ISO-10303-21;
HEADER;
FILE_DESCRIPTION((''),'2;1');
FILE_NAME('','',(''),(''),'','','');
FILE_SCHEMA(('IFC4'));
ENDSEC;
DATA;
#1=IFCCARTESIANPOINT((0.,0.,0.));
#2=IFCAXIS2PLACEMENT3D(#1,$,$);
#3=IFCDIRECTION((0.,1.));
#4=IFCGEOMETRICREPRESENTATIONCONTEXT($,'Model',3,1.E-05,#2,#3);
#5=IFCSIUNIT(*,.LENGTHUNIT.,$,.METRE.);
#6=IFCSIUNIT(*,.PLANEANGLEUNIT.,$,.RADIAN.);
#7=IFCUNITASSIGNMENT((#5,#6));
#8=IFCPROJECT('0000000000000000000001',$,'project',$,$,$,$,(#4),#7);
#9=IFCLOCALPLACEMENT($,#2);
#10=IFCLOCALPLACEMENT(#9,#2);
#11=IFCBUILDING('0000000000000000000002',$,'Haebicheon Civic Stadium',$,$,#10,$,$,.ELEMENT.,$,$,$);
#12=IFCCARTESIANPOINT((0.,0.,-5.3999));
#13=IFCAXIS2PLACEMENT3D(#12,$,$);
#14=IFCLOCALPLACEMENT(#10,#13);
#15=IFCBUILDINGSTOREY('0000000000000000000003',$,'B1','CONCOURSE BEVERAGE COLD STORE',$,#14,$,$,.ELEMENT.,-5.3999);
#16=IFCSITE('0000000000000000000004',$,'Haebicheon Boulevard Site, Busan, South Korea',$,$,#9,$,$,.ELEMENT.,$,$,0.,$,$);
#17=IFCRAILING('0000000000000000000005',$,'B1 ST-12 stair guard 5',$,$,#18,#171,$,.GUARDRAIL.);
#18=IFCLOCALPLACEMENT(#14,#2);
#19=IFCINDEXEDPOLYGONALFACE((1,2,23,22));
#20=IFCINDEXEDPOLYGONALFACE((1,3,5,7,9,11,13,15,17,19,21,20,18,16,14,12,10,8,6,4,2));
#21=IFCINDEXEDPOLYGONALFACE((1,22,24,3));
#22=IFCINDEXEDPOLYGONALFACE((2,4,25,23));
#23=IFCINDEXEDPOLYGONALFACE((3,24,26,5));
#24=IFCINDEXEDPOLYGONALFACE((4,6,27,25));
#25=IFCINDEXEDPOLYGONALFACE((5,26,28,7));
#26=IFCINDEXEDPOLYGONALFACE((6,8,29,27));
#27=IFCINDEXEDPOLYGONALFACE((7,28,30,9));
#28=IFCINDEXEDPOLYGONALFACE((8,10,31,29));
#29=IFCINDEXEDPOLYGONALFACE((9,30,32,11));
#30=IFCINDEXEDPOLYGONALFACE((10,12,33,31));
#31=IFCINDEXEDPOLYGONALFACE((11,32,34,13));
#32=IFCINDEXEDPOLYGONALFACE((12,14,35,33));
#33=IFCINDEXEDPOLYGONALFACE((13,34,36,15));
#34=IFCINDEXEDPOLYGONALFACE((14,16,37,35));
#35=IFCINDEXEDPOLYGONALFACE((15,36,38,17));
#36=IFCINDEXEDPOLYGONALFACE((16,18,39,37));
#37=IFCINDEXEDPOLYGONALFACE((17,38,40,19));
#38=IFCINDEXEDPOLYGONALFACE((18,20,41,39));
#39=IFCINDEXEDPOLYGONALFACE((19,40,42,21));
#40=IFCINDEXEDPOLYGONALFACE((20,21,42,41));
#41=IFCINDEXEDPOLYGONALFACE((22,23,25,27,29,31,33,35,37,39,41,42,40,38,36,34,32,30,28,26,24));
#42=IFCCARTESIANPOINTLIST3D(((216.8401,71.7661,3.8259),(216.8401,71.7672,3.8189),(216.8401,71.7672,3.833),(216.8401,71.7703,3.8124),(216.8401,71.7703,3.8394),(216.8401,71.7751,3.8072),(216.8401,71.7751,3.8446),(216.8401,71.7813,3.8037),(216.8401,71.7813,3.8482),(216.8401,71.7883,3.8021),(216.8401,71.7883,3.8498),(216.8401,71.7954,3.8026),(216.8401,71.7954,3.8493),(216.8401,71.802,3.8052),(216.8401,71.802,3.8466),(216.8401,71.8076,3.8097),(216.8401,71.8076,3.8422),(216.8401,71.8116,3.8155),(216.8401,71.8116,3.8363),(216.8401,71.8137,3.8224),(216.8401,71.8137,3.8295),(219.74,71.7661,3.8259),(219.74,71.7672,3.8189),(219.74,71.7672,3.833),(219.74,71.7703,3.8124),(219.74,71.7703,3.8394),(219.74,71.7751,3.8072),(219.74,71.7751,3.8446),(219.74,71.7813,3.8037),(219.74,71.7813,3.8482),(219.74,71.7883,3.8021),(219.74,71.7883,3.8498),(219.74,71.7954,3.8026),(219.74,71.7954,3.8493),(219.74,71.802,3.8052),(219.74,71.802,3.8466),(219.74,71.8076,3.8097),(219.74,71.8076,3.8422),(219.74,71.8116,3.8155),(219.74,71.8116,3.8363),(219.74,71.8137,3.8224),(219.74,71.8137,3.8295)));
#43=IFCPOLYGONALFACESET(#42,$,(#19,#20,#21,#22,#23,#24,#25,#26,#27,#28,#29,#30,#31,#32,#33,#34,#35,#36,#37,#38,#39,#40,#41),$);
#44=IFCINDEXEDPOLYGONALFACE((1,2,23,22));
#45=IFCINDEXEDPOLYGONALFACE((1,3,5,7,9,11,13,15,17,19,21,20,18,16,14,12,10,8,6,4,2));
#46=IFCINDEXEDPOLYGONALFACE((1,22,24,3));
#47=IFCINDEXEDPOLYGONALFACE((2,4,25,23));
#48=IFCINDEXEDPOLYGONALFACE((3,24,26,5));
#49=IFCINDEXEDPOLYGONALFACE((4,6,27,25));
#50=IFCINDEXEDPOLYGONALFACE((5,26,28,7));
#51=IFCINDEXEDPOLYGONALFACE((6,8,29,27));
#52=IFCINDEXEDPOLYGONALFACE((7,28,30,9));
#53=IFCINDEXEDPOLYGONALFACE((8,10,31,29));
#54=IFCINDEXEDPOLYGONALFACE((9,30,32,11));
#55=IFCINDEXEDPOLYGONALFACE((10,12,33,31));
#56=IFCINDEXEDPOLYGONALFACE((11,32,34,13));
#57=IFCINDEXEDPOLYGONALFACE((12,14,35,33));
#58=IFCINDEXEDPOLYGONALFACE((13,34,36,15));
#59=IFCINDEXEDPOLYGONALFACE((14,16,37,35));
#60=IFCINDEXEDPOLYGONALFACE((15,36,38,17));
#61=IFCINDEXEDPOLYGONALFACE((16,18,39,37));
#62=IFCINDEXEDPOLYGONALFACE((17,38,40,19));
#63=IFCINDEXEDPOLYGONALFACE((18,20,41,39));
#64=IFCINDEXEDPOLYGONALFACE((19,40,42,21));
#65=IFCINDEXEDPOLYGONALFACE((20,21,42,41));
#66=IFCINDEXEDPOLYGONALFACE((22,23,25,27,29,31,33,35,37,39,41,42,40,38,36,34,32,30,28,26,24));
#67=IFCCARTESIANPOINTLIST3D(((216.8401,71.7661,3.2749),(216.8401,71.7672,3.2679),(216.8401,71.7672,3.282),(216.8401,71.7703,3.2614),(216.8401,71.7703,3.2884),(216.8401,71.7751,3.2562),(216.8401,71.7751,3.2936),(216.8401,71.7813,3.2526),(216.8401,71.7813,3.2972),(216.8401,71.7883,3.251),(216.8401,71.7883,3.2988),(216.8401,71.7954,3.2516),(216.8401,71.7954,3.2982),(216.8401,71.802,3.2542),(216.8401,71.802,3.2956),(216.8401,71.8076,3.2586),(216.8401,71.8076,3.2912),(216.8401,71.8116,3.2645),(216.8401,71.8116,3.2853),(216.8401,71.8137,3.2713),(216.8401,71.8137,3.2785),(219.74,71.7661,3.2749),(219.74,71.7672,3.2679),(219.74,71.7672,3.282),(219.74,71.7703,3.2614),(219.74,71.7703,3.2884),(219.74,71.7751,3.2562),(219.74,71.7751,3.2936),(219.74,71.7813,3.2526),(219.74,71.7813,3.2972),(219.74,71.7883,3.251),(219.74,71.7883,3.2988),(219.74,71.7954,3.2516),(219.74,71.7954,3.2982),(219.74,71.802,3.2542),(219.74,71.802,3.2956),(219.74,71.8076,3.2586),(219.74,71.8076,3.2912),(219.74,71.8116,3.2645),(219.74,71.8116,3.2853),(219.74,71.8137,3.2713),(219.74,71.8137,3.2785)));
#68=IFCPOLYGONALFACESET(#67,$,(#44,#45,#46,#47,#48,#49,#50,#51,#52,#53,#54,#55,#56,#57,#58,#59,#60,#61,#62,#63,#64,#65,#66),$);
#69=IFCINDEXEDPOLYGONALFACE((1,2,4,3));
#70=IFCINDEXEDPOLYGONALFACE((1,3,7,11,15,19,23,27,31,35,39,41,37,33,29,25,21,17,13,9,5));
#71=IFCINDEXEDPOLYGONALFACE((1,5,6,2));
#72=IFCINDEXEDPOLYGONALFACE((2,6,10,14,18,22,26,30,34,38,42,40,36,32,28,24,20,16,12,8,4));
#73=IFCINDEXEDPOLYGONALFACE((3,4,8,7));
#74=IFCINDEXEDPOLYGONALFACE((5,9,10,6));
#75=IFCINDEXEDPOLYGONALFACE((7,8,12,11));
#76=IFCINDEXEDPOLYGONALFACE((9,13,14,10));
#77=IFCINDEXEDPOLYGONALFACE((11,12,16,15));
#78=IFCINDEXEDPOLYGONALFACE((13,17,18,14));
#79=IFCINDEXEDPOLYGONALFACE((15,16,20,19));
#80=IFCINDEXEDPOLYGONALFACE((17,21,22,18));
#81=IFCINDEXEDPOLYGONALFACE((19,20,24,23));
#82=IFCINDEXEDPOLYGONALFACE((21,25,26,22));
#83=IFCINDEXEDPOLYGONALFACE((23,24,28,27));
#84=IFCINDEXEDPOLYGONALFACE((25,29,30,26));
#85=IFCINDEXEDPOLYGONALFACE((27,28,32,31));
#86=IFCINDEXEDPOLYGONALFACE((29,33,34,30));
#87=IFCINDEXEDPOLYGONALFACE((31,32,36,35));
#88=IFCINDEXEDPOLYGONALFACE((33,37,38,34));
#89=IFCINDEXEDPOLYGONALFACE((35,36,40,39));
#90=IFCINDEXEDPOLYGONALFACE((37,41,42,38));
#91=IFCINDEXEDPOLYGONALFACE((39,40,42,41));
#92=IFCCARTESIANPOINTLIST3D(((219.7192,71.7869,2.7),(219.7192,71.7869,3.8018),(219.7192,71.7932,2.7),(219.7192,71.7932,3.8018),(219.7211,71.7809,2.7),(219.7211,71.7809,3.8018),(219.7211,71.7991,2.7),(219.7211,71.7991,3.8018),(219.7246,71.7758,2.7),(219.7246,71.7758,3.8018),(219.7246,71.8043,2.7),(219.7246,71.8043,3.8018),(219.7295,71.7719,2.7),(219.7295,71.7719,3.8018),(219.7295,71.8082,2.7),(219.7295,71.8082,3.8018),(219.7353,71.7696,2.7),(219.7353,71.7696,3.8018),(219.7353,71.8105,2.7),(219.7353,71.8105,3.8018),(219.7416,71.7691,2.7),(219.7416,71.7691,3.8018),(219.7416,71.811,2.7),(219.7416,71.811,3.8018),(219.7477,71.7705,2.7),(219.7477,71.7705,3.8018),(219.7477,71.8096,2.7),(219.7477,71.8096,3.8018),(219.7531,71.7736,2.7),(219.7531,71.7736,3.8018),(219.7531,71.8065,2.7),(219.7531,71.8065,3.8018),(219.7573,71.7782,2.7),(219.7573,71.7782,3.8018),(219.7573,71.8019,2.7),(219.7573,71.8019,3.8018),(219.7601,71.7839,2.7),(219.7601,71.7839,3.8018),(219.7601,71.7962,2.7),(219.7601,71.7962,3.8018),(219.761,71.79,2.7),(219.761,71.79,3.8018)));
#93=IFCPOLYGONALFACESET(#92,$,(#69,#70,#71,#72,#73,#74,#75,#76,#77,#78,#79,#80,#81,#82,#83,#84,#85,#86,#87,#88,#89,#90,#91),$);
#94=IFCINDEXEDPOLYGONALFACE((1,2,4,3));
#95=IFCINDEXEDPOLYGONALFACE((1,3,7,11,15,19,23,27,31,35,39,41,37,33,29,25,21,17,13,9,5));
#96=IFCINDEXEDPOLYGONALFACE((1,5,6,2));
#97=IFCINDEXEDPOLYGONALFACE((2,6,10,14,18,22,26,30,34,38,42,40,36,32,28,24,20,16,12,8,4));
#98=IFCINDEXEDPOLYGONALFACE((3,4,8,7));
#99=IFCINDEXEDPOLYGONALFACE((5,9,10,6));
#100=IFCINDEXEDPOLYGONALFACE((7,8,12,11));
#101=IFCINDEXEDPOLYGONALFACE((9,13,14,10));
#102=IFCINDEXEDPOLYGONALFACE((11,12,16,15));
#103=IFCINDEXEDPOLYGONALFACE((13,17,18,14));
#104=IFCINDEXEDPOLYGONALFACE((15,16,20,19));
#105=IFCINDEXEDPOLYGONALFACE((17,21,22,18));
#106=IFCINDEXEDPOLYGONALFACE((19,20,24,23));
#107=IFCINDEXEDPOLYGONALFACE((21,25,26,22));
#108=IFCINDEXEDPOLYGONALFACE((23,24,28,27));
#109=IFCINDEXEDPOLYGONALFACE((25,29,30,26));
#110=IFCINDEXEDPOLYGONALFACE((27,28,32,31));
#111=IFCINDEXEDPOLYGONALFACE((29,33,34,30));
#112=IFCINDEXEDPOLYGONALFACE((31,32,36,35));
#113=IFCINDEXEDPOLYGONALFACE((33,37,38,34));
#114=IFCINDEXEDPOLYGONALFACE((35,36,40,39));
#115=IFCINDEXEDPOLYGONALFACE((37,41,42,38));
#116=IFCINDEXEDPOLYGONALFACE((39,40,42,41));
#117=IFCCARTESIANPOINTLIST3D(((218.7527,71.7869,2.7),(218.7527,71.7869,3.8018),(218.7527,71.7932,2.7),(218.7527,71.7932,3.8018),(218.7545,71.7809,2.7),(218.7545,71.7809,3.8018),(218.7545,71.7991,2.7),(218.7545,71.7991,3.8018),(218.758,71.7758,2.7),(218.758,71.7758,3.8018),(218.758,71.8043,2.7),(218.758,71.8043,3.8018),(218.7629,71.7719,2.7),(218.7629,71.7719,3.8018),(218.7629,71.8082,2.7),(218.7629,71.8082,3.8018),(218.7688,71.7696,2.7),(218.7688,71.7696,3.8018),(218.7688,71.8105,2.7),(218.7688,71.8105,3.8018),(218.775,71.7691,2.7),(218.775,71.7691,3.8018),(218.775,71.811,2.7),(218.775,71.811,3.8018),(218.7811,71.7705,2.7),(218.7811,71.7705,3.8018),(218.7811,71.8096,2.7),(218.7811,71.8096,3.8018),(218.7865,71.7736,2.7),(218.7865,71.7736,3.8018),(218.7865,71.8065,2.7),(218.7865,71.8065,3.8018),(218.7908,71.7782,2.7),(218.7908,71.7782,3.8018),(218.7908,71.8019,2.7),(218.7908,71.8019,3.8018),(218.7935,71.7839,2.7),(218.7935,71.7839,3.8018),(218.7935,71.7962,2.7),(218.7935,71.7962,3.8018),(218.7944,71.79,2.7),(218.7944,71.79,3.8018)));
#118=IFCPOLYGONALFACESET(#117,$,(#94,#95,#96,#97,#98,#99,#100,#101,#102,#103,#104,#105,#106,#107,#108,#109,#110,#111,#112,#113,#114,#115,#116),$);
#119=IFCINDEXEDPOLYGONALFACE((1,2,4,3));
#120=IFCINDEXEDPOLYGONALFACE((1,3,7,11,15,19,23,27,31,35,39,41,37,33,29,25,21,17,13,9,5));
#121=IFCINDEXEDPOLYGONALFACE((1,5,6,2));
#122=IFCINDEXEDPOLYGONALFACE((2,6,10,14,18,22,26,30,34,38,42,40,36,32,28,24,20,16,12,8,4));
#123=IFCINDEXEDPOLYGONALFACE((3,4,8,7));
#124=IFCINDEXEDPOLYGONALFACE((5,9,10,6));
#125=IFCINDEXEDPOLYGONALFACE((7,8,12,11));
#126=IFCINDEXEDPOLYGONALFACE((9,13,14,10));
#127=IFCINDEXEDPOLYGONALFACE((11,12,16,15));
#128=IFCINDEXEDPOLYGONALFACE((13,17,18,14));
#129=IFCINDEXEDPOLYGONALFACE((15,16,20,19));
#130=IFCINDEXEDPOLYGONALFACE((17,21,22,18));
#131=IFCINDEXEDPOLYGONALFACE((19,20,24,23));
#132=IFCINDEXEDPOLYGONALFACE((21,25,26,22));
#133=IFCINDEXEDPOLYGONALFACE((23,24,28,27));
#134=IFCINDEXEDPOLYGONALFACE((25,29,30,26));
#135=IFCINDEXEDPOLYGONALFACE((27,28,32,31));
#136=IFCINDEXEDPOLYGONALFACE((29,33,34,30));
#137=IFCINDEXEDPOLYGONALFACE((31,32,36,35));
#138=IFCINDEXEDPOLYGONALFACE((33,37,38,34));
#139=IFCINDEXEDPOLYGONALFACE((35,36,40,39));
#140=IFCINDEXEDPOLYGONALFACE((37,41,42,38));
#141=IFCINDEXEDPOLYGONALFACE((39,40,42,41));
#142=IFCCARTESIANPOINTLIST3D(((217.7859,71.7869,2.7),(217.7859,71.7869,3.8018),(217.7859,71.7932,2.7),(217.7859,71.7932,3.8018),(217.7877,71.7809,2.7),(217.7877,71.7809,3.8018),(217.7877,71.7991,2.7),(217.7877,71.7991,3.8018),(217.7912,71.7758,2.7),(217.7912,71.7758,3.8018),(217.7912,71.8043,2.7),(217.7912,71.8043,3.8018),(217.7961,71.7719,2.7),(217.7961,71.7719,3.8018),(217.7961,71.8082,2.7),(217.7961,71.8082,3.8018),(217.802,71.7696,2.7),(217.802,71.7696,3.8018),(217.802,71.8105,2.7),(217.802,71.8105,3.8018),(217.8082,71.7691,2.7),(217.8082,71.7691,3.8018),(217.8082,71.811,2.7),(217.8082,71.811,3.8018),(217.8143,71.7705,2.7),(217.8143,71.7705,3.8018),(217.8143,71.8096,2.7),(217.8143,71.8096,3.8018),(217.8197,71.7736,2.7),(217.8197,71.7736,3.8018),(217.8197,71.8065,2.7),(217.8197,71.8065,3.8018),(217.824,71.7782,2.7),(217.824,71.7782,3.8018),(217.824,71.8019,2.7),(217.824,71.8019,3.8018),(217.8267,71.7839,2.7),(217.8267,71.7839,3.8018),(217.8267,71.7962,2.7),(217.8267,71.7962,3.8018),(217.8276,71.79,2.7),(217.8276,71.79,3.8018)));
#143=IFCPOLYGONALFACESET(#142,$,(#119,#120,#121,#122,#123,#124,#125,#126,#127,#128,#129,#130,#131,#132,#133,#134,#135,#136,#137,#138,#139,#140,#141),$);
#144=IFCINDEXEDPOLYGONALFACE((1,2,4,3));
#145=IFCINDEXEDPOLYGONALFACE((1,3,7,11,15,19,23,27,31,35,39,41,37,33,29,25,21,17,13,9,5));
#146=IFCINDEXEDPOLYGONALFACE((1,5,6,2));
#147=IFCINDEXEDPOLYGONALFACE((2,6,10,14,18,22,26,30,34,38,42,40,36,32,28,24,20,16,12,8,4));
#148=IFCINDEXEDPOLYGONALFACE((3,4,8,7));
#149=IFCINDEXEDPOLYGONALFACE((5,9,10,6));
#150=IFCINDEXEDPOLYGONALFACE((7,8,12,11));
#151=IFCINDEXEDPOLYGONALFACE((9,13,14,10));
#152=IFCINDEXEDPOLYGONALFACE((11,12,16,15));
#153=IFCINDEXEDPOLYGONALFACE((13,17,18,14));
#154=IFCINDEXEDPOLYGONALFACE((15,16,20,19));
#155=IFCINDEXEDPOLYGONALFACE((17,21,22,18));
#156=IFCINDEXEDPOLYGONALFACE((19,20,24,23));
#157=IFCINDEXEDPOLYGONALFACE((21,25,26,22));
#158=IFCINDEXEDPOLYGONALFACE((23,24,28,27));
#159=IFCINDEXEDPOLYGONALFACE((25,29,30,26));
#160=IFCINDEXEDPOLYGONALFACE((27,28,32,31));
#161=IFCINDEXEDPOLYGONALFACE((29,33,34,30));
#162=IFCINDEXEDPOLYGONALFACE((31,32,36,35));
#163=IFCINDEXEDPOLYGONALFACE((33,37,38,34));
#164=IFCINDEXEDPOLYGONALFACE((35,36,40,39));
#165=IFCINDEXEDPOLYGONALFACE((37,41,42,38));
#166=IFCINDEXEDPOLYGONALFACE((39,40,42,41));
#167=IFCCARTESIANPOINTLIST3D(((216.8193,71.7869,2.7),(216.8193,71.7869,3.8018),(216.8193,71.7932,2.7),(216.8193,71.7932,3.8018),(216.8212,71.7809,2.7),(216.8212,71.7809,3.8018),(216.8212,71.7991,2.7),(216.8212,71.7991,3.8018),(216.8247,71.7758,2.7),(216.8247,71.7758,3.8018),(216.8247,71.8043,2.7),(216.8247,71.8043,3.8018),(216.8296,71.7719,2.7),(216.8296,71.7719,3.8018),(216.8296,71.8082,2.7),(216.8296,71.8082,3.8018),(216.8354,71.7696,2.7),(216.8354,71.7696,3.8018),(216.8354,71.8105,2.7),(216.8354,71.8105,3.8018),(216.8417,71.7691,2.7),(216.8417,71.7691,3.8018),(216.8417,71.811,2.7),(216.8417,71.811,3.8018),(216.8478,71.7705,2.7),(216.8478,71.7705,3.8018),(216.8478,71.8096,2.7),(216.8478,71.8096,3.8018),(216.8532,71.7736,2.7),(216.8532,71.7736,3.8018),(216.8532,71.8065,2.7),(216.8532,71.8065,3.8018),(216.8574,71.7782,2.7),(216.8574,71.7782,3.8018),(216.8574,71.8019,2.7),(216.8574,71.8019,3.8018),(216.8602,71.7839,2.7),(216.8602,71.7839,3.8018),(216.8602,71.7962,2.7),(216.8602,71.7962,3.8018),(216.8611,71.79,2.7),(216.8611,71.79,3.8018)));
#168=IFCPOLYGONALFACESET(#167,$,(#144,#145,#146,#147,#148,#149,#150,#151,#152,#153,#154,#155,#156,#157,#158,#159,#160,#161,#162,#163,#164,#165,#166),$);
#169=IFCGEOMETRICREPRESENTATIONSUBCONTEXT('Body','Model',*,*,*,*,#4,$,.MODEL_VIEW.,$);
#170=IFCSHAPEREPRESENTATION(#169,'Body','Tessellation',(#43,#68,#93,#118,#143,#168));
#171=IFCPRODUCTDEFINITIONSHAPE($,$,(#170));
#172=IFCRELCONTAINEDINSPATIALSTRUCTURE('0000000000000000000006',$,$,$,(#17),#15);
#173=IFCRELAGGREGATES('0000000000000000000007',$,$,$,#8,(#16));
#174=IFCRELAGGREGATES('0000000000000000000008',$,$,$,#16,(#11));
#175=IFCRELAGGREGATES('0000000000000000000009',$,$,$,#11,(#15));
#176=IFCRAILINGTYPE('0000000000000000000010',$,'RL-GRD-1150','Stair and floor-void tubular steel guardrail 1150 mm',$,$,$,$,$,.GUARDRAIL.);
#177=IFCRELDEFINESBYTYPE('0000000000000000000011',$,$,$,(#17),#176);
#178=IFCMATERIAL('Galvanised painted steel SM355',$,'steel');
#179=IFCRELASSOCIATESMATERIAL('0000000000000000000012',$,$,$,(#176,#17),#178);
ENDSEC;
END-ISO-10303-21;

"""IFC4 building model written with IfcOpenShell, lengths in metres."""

from ifc_helpers import new_model, si_unit, direction, frame, origin, origin_2d, place, context, subcontext, project, spatial, circle, extrude, material, type_object, element, save


model = new_model("IFC4")

# Units and contexts
model_context = context("Model", 3, precision=1e-05, world=origin(), true_north=direction((0.0, 1.0)))
body_context = subcontext(model_context, "Body", "Model", "MODEL_VIEW")
ifc_project = project(units=[si_unit("LENGTHUNIT", "METRE"), si_unit("PLANEANGLEUNIT", "RADIAN")], contexts=[model_context])

# Site, building, storey
site_placement = place(None, origin())
site = spatial("IfcSite", under=ifc_project, at=site_placement, Name="Haebicheon Boulevard Site, Busan, South Korea", CompositionType="ELEMENT", RefElevation=0.0)
building_placement = place(site_placement, origin())
building = spatial("IfcBuilding", under=site, at=building_placement, Name="Haebicheon Civic Stadium", CompositionType="ELEMENT")
storey_placement = place(building_placement, frame((0.0, 0.0, -5.3999)))
storey = spatial("IfcBuildingStorey", under=building, at=storey_placement, Name="B1", Description="CONCOURSE BEVERAGE COLD STORE", CompositionType="ELEMENT", Elevation=-5.3999)

# Railing
ifc_material_1 = material(Name="Galvanised painted steel SM355", Category="steel")
railing_type_1 = type_object("IfcRailingType", Name="RL-GRD-1150", Description="Stair and floor-void tubular steel guardrail 1150 mm", PredefinedType="GUARDRAIL", material=ifc_material_1)
railing_1_placement = place(storey_placement, frame((219.74, 71.79, 2.7)))
element("IfcRailing", 1, at=railing_1_placement, inside=storey, type_object=railing_type_1, material=ifc_material_1, Name="B1 ST-12 stair guard 5", PredefinedType="GUARDRAIL", context=body_context, shape_type="SweptSolid", body=[
    extrude(circle(Radius=0.0239, at=origin_2d()), frame((0.0, 0.0, 1.126), z_axis=(-1.0, 0.0, 0.0), x_axis=(0.0, -1.0, 0.0)), (0.0, 0.0, 1.0), 2.8999),
    extrude(circle(Radius=0.0239, at=origin_2d()), frame((0.0, 0.0, 0.575), z_axis=(-1.0, 0.0, 0.0), x_axis=(0.0, -1.0, 0.0)), (0.0, 0.0, 1.0), 2.8999),
    extrude(circle(Radius=0.021, at=origin_2d()), origin(), (0.0, 0.0, 1.0), 1.1018),
    extrude(circle(Radius=0.021, at=origin_2d()), frame((-0.9666, 0.0, 0.0)), (0.0, 0.0, 1.0), 1.1018),
    extrude(circle(Radius=0.021, at=origin_2d()), frame((-1.9333, 0.0, 0.0)), (0.0, 0.0, 1.0), 1.1018),
    extrude(circle(Radius=0.021, at=origin_2d()), frame((-2.8999, 0.0, 0.0)), (0.0, 0.0, 1.0), 1.1018),
])

save(model, "model.ifc")
